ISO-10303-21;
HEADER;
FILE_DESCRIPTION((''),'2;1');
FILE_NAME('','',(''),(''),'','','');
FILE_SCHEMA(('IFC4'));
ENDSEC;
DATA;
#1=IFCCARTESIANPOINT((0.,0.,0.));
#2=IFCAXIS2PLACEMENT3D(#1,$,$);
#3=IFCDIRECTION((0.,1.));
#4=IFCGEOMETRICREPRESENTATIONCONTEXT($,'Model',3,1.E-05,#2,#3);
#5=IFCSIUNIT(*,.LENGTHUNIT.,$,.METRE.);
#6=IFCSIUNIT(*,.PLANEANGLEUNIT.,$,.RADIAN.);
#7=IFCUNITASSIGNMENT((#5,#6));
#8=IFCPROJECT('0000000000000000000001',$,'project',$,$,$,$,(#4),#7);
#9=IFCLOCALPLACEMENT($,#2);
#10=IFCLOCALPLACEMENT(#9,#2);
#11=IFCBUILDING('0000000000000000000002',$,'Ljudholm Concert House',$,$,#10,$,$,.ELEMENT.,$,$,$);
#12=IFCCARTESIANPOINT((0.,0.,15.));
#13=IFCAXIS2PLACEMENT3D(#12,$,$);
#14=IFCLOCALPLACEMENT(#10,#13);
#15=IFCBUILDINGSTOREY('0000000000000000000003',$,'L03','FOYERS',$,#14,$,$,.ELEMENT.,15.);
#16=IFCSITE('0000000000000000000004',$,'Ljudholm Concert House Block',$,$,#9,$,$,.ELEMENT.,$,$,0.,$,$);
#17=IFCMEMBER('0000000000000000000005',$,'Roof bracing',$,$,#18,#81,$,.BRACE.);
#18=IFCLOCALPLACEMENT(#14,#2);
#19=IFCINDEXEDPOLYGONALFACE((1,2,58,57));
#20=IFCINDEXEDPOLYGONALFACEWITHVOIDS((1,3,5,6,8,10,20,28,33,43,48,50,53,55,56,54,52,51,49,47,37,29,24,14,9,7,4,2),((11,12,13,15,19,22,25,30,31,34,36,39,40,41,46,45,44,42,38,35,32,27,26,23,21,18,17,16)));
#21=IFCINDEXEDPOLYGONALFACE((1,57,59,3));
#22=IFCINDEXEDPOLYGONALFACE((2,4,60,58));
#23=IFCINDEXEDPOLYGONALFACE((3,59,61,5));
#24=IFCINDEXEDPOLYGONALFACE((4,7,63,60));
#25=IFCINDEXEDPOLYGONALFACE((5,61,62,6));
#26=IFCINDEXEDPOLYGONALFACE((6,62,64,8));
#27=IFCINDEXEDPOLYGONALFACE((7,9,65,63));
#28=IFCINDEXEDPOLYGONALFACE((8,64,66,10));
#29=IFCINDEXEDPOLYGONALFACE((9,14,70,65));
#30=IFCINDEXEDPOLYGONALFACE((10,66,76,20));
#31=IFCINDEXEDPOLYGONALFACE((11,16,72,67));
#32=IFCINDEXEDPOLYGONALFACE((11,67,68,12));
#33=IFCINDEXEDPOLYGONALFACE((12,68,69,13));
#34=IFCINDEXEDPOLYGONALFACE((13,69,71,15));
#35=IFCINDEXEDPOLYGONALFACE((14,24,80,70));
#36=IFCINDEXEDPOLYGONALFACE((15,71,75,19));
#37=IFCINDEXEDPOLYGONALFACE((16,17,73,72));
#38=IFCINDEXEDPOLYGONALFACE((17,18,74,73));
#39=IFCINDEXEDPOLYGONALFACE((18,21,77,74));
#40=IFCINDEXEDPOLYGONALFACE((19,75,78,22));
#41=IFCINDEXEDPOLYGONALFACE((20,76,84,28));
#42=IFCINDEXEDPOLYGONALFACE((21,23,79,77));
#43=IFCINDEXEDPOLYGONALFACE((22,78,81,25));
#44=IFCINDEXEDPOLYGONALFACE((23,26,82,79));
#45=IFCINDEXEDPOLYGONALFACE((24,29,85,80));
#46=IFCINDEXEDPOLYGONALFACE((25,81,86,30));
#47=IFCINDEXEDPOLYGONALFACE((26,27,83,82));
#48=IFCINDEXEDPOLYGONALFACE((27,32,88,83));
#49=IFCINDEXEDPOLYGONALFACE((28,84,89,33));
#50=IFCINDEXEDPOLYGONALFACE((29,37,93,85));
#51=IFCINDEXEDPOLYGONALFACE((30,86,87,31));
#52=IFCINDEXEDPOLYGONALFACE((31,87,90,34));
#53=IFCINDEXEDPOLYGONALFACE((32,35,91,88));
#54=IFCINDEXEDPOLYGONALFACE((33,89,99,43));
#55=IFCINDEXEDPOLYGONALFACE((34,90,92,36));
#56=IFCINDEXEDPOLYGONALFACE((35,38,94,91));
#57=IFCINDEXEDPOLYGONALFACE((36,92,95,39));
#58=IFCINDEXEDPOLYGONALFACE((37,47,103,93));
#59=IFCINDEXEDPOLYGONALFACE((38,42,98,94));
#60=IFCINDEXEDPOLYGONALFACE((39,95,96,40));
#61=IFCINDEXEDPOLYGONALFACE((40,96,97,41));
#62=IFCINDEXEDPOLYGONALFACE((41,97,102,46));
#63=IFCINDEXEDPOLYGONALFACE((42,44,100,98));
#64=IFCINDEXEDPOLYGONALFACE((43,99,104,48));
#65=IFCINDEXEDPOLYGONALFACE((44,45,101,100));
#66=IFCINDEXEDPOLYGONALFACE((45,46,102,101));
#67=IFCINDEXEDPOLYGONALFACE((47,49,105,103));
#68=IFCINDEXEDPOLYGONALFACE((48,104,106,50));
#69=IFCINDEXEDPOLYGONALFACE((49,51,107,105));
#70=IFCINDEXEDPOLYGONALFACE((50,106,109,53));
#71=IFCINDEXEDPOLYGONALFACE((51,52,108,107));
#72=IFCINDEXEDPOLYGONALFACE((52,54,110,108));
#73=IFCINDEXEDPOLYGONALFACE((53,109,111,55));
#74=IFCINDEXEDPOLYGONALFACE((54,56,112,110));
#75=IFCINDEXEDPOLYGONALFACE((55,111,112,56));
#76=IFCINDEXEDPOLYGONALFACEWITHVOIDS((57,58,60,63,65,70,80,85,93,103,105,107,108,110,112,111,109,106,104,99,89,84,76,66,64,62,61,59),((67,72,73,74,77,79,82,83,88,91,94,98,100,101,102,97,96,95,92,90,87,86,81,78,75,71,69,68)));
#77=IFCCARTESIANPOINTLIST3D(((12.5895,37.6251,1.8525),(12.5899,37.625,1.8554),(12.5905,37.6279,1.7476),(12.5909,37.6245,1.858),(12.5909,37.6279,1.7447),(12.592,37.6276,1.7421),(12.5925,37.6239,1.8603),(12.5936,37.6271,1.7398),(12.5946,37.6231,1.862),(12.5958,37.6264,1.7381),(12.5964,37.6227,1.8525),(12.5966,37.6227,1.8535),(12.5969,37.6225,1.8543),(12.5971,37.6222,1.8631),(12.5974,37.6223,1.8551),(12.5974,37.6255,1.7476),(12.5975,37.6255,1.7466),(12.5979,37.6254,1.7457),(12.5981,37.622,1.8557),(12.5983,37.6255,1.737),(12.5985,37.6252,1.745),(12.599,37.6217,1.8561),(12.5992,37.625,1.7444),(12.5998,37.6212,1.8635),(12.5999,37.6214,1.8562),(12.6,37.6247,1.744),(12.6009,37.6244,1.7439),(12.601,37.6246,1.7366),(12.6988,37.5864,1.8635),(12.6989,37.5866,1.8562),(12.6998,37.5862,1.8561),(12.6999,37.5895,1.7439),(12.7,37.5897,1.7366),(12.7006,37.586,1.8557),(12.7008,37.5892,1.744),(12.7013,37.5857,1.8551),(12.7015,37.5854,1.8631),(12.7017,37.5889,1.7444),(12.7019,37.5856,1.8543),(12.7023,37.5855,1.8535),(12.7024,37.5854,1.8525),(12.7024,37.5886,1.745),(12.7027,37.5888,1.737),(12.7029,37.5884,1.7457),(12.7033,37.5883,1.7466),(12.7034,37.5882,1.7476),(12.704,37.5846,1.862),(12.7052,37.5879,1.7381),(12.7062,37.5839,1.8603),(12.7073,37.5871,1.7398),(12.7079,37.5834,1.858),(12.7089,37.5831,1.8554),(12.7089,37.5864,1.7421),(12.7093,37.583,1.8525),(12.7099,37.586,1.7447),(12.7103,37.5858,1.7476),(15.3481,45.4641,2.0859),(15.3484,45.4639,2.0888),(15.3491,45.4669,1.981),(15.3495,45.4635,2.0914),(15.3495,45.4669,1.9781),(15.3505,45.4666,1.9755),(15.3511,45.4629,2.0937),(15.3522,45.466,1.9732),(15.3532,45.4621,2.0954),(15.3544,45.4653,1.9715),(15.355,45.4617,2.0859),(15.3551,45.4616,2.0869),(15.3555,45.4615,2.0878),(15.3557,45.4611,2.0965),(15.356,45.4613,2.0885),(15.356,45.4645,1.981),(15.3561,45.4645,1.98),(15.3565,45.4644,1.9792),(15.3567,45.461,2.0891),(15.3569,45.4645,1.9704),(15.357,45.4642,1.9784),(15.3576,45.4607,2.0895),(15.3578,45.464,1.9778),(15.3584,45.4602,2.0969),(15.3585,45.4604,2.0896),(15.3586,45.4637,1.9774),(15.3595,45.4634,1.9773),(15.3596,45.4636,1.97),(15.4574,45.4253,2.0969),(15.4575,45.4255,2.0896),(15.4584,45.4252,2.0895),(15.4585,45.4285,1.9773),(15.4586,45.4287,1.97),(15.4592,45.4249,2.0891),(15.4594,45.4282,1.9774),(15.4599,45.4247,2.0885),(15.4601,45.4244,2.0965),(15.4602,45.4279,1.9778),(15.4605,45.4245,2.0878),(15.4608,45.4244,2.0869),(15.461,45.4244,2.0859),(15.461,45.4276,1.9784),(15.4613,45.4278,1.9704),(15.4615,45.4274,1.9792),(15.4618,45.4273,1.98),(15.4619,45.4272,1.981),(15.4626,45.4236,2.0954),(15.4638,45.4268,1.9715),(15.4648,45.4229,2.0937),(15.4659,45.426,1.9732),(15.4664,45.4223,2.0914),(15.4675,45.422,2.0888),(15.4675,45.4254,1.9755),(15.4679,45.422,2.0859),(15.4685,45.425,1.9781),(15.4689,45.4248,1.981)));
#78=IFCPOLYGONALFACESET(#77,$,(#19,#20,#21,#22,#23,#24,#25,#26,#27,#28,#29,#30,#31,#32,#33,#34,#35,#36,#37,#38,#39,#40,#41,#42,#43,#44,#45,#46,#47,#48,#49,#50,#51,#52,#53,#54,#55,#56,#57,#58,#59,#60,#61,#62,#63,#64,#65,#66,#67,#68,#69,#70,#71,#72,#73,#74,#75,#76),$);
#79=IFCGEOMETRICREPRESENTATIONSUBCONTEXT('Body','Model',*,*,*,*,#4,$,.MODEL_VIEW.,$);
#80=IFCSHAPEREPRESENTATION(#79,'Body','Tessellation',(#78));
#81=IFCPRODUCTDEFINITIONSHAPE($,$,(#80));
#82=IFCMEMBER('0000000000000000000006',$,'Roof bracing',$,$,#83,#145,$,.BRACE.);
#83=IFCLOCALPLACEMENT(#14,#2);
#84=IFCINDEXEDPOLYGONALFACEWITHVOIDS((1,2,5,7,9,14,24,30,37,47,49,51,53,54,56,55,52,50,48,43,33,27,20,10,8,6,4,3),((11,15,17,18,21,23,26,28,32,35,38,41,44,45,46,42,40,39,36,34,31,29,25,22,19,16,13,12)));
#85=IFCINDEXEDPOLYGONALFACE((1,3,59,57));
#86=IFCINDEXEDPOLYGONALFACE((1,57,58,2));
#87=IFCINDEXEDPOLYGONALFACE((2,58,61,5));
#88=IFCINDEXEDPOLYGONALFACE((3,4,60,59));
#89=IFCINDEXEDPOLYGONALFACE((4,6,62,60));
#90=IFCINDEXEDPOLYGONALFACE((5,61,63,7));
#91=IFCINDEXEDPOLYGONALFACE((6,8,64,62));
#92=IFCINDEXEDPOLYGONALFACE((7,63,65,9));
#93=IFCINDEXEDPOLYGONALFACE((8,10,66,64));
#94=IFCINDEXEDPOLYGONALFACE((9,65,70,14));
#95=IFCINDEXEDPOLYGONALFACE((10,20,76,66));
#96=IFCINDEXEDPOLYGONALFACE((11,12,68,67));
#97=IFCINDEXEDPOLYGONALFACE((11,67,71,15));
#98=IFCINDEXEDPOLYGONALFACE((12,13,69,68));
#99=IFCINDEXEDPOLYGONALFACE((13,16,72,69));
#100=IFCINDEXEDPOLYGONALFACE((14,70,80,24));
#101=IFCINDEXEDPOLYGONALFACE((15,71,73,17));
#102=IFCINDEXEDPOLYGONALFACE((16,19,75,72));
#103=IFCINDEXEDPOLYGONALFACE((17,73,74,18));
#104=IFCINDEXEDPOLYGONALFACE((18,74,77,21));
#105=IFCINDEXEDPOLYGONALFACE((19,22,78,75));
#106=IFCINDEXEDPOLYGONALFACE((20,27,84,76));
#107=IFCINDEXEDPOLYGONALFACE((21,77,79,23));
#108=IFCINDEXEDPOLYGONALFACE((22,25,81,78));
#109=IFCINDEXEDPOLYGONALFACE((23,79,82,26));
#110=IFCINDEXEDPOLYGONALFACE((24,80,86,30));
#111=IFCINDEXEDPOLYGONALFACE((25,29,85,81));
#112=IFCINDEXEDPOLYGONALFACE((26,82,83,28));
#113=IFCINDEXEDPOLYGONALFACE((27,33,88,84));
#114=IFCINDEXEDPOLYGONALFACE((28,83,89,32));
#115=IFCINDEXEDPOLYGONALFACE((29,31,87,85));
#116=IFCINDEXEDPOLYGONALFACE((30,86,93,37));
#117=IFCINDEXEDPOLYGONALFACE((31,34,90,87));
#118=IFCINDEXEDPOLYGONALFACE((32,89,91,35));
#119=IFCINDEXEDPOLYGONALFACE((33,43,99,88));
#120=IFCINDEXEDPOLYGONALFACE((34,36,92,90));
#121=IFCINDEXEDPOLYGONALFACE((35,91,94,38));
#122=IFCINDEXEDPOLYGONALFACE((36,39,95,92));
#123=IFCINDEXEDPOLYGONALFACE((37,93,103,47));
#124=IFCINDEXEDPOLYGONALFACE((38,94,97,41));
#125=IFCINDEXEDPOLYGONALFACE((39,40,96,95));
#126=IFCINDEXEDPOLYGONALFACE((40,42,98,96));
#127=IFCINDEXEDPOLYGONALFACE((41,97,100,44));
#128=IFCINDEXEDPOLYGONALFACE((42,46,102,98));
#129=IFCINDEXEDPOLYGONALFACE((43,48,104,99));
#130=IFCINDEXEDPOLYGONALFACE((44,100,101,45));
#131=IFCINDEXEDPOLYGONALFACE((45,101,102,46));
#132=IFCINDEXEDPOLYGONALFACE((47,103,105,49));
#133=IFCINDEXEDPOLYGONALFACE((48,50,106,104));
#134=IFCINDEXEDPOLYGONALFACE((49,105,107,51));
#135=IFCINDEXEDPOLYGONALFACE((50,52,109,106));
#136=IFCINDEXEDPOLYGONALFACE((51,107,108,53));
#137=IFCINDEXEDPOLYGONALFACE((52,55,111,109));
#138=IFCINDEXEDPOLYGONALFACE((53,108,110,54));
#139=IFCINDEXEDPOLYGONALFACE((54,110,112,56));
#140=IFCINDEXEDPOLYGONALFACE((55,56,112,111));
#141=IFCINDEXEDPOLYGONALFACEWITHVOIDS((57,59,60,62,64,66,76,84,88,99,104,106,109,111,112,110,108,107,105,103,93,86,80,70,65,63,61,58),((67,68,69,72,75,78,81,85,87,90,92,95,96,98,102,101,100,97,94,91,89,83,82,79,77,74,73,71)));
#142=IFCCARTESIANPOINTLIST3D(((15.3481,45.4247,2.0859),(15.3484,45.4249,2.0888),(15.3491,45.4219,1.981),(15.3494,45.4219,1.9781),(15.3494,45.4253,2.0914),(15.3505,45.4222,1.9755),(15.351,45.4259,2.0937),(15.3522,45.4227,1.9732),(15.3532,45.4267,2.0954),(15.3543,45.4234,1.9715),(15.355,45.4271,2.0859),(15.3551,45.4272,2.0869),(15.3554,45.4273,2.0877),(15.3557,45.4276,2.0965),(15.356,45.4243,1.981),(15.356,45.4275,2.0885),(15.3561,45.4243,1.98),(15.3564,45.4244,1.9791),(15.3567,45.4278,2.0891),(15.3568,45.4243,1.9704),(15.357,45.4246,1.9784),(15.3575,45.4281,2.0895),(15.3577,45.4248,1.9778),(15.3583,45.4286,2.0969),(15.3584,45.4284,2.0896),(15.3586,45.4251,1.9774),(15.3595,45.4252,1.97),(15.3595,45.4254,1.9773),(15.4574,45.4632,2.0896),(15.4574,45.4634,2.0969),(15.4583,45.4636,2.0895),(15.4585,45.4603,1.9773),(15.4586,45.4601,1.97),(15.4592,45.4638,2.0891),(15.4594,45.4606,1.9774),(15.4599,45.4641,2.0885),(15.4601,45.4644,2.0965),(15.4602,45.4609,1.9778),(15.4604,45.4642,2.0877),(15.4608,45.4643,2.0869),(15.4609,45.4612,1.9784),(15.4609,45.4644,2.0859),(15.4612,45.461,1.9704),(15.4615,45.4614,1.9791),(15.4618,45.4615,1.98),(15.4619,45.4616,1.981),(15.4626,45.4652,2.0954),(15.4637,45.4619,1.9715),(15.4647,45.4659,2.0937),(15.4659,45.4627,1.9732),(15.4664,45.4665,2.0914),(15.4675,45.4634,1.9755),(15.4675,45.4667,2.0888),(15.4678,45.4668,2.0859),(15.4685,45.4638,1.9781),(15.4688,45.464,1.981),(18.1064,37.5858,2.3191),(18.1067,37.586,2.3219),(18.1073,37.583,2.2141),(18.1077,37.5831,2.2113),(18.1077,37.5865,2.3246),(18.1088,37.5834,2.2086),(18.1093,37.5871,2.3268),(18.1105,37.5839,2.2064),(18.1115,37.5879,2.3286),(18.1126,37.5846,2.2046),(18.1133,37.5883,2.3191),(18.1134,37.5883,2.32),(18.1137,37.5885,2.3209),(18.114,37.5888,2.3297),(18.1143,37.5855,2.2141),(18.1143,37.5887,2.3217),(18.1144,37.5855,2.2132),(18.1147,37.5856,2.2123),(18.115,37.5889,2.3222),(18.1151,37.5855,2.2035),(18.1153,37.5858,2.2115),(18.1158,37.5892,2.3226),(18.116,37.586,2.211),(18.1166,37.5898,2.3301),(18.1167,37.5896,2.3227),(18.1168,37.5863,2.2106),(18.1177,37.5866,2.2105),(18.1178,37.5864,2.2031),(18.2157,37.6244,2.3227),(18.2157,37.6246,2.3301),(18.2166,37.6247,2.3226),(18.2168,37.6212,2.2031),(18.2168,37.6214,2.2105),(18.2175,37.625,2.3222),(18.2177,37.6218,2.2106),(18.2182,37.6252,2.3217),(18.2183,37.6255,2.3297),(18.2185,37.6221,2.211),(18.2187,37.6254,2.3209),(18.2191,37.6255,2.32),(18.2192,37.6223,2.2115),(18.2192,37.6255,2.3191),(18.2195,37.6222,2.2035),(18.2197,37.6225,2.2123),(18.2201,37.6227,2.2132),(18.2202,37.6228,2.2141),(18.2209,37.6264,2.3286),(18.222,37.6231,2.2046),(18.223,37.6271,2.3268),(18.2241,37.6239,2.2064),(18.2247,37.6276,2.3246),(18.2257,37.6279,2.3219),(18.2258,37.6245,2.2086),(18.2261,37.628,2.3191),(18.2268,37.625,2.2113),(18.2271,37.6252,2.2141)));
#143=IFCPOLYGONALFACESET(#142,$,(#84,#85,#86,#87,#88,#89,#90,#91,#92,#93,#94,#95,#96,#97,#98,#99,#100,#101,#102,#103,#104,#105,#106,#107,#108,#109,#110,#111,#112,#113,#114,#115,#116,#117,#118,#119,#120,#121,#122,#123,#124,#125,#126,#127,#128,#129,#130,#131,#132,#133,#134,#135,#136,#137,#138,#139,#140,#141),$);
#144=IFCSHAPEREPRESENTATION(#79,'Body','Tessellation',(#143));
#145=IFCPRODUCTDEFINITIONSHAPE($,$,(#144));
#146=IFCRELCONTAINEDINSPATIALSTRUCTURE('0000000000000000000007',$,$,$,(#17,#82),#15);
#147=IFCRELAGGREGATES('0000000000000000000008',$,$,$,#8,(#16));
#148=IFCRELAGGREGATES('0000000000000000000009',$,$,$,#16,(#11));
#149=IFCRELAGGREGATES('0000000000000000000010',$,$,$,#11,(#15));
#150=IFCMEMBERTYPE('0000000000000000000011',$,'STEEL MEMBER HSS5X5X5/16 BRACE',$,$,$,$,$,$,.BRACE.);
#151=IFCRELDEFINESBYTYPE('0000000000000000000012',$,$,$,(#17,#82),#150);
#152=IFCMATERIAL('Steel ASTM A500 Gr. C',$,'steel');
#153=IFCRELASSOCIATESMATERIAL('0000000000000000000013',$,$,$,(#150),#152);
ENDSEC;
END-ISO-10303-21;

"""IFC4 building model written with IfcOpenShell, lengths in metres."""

from ifc_helpers import new_model, si_unit, direction, frame, origin, origin_2d, place, context, subcontext, project, spatial, hollow_rectangle, extrude, material, material_profile, profile_set, type_object, element, save


model = new_model("IFC4")

# Units and contexts
model_context = context("Model", 3, precision=1e-05, world=origin(), true_north=direction((0.0, 1.0)))
body_context = subcontext(model_context, "Body", "Model", "MODEL_VIEW")
ifc_project = project(units=[si_unit("LENGTHUNIT", "METRE"), si_unit("PLANEANGLEUNIT", "RADIAN")], contexts=[model_context])

# Site, building, storey
site_placement = place(None, origin())
site = spatial("IfcSite", under=ifc_project, at=site_placement, Name="Ljudholm Concert House Block", CompositionType="ELEMENT", RefElevation=0.0)
building_placement = place(site_placement, origin())
building = spatial("IfcBuilding", under=site, at=building_placement, Name="Ljudholm Concert House", CompositionType="ELEMENT")
storey_placement = place(building_placement, frame((0.0, 0.0, 15.0)))
storey = spatial("IfcBuildingStorey", under=building, at=storey_placement, Name="L03", Description="FOYERS", CompositionType="ELEMENT", Elevation=15.0)

# Members
ifc_material_1 = material(Name="Steel ASTM A500 Gr. C", Category="steel")
ifc_material_profile_1 = material_profile(ifc_material_1, hollow_rectangle(XDim=0.127, YDim=0.127, WallThickness=0.0073, InnerFilletRadius=0.0037, OuterFilletRadius=0.011, at=origin_2d()), Name="HSS5X5X5/16")
ifc_profile_set_1 = profile_set([ifc_material_profile_1], Name="Steel ASTM A500 Gr. C")
member_type_1 = type_object("IfcMemberType", Name="STEEL MEMBER HSS5X5X5/16 BRACE", PredefinedType="BRACE", material=ifc_profile_set_1)
member_1_placement = place(storey_placement, frame((12.6499, 37.6055, 1.8), z_axis=(0.331821, 0.942925, 0.028075), x_axis=(-0.943296, 0.331952, 0.0)))
element("IfcMember", 1, at=member_1_placement, inside=storey, type_object=member_type_1, Name="Roof bracing", PredefinedType="BRACE", context=body_context, shape_type="SweptSolid", body=[
    extrude(hollow_rectangle(XDim=0.127, YDim=0.127, WallThickness=0.0073, InnerFilletRadius=0.0037, OuterFilletRadius=0.011, at=origin_2d()), origin(), (0.0, 0.0, 1.0), 8.3135),
])
for number, where, z_axis, x_axis, name in (
    (2, (15.4084, 45.4443, 2.0334), (0.331795, -0.942935, 0.028046), (0.943306, 0.331926, 0.0), "Roof bracing"),
):
    element("IfcMember", number, at=place(storey_placement, frame(where, z_axis=z_axis, x_axis=x_axis)), inside=storey, type_object=member_type_1, Name=name, PredefinedType="BRACE", context=body_context, shape_type="SweptSolid", body=[
        extrude(hollow_rectangle(XDim=0.127, YDim=0.127, WallThickness=0.0073, InnerFilletRadius=0.0037, OuterFilletRadius=0.011, at=origin_2d()), origin(), (0.0, 0.0, 1.0), 8.3132),
    ])

save(model, "model.ifc")
